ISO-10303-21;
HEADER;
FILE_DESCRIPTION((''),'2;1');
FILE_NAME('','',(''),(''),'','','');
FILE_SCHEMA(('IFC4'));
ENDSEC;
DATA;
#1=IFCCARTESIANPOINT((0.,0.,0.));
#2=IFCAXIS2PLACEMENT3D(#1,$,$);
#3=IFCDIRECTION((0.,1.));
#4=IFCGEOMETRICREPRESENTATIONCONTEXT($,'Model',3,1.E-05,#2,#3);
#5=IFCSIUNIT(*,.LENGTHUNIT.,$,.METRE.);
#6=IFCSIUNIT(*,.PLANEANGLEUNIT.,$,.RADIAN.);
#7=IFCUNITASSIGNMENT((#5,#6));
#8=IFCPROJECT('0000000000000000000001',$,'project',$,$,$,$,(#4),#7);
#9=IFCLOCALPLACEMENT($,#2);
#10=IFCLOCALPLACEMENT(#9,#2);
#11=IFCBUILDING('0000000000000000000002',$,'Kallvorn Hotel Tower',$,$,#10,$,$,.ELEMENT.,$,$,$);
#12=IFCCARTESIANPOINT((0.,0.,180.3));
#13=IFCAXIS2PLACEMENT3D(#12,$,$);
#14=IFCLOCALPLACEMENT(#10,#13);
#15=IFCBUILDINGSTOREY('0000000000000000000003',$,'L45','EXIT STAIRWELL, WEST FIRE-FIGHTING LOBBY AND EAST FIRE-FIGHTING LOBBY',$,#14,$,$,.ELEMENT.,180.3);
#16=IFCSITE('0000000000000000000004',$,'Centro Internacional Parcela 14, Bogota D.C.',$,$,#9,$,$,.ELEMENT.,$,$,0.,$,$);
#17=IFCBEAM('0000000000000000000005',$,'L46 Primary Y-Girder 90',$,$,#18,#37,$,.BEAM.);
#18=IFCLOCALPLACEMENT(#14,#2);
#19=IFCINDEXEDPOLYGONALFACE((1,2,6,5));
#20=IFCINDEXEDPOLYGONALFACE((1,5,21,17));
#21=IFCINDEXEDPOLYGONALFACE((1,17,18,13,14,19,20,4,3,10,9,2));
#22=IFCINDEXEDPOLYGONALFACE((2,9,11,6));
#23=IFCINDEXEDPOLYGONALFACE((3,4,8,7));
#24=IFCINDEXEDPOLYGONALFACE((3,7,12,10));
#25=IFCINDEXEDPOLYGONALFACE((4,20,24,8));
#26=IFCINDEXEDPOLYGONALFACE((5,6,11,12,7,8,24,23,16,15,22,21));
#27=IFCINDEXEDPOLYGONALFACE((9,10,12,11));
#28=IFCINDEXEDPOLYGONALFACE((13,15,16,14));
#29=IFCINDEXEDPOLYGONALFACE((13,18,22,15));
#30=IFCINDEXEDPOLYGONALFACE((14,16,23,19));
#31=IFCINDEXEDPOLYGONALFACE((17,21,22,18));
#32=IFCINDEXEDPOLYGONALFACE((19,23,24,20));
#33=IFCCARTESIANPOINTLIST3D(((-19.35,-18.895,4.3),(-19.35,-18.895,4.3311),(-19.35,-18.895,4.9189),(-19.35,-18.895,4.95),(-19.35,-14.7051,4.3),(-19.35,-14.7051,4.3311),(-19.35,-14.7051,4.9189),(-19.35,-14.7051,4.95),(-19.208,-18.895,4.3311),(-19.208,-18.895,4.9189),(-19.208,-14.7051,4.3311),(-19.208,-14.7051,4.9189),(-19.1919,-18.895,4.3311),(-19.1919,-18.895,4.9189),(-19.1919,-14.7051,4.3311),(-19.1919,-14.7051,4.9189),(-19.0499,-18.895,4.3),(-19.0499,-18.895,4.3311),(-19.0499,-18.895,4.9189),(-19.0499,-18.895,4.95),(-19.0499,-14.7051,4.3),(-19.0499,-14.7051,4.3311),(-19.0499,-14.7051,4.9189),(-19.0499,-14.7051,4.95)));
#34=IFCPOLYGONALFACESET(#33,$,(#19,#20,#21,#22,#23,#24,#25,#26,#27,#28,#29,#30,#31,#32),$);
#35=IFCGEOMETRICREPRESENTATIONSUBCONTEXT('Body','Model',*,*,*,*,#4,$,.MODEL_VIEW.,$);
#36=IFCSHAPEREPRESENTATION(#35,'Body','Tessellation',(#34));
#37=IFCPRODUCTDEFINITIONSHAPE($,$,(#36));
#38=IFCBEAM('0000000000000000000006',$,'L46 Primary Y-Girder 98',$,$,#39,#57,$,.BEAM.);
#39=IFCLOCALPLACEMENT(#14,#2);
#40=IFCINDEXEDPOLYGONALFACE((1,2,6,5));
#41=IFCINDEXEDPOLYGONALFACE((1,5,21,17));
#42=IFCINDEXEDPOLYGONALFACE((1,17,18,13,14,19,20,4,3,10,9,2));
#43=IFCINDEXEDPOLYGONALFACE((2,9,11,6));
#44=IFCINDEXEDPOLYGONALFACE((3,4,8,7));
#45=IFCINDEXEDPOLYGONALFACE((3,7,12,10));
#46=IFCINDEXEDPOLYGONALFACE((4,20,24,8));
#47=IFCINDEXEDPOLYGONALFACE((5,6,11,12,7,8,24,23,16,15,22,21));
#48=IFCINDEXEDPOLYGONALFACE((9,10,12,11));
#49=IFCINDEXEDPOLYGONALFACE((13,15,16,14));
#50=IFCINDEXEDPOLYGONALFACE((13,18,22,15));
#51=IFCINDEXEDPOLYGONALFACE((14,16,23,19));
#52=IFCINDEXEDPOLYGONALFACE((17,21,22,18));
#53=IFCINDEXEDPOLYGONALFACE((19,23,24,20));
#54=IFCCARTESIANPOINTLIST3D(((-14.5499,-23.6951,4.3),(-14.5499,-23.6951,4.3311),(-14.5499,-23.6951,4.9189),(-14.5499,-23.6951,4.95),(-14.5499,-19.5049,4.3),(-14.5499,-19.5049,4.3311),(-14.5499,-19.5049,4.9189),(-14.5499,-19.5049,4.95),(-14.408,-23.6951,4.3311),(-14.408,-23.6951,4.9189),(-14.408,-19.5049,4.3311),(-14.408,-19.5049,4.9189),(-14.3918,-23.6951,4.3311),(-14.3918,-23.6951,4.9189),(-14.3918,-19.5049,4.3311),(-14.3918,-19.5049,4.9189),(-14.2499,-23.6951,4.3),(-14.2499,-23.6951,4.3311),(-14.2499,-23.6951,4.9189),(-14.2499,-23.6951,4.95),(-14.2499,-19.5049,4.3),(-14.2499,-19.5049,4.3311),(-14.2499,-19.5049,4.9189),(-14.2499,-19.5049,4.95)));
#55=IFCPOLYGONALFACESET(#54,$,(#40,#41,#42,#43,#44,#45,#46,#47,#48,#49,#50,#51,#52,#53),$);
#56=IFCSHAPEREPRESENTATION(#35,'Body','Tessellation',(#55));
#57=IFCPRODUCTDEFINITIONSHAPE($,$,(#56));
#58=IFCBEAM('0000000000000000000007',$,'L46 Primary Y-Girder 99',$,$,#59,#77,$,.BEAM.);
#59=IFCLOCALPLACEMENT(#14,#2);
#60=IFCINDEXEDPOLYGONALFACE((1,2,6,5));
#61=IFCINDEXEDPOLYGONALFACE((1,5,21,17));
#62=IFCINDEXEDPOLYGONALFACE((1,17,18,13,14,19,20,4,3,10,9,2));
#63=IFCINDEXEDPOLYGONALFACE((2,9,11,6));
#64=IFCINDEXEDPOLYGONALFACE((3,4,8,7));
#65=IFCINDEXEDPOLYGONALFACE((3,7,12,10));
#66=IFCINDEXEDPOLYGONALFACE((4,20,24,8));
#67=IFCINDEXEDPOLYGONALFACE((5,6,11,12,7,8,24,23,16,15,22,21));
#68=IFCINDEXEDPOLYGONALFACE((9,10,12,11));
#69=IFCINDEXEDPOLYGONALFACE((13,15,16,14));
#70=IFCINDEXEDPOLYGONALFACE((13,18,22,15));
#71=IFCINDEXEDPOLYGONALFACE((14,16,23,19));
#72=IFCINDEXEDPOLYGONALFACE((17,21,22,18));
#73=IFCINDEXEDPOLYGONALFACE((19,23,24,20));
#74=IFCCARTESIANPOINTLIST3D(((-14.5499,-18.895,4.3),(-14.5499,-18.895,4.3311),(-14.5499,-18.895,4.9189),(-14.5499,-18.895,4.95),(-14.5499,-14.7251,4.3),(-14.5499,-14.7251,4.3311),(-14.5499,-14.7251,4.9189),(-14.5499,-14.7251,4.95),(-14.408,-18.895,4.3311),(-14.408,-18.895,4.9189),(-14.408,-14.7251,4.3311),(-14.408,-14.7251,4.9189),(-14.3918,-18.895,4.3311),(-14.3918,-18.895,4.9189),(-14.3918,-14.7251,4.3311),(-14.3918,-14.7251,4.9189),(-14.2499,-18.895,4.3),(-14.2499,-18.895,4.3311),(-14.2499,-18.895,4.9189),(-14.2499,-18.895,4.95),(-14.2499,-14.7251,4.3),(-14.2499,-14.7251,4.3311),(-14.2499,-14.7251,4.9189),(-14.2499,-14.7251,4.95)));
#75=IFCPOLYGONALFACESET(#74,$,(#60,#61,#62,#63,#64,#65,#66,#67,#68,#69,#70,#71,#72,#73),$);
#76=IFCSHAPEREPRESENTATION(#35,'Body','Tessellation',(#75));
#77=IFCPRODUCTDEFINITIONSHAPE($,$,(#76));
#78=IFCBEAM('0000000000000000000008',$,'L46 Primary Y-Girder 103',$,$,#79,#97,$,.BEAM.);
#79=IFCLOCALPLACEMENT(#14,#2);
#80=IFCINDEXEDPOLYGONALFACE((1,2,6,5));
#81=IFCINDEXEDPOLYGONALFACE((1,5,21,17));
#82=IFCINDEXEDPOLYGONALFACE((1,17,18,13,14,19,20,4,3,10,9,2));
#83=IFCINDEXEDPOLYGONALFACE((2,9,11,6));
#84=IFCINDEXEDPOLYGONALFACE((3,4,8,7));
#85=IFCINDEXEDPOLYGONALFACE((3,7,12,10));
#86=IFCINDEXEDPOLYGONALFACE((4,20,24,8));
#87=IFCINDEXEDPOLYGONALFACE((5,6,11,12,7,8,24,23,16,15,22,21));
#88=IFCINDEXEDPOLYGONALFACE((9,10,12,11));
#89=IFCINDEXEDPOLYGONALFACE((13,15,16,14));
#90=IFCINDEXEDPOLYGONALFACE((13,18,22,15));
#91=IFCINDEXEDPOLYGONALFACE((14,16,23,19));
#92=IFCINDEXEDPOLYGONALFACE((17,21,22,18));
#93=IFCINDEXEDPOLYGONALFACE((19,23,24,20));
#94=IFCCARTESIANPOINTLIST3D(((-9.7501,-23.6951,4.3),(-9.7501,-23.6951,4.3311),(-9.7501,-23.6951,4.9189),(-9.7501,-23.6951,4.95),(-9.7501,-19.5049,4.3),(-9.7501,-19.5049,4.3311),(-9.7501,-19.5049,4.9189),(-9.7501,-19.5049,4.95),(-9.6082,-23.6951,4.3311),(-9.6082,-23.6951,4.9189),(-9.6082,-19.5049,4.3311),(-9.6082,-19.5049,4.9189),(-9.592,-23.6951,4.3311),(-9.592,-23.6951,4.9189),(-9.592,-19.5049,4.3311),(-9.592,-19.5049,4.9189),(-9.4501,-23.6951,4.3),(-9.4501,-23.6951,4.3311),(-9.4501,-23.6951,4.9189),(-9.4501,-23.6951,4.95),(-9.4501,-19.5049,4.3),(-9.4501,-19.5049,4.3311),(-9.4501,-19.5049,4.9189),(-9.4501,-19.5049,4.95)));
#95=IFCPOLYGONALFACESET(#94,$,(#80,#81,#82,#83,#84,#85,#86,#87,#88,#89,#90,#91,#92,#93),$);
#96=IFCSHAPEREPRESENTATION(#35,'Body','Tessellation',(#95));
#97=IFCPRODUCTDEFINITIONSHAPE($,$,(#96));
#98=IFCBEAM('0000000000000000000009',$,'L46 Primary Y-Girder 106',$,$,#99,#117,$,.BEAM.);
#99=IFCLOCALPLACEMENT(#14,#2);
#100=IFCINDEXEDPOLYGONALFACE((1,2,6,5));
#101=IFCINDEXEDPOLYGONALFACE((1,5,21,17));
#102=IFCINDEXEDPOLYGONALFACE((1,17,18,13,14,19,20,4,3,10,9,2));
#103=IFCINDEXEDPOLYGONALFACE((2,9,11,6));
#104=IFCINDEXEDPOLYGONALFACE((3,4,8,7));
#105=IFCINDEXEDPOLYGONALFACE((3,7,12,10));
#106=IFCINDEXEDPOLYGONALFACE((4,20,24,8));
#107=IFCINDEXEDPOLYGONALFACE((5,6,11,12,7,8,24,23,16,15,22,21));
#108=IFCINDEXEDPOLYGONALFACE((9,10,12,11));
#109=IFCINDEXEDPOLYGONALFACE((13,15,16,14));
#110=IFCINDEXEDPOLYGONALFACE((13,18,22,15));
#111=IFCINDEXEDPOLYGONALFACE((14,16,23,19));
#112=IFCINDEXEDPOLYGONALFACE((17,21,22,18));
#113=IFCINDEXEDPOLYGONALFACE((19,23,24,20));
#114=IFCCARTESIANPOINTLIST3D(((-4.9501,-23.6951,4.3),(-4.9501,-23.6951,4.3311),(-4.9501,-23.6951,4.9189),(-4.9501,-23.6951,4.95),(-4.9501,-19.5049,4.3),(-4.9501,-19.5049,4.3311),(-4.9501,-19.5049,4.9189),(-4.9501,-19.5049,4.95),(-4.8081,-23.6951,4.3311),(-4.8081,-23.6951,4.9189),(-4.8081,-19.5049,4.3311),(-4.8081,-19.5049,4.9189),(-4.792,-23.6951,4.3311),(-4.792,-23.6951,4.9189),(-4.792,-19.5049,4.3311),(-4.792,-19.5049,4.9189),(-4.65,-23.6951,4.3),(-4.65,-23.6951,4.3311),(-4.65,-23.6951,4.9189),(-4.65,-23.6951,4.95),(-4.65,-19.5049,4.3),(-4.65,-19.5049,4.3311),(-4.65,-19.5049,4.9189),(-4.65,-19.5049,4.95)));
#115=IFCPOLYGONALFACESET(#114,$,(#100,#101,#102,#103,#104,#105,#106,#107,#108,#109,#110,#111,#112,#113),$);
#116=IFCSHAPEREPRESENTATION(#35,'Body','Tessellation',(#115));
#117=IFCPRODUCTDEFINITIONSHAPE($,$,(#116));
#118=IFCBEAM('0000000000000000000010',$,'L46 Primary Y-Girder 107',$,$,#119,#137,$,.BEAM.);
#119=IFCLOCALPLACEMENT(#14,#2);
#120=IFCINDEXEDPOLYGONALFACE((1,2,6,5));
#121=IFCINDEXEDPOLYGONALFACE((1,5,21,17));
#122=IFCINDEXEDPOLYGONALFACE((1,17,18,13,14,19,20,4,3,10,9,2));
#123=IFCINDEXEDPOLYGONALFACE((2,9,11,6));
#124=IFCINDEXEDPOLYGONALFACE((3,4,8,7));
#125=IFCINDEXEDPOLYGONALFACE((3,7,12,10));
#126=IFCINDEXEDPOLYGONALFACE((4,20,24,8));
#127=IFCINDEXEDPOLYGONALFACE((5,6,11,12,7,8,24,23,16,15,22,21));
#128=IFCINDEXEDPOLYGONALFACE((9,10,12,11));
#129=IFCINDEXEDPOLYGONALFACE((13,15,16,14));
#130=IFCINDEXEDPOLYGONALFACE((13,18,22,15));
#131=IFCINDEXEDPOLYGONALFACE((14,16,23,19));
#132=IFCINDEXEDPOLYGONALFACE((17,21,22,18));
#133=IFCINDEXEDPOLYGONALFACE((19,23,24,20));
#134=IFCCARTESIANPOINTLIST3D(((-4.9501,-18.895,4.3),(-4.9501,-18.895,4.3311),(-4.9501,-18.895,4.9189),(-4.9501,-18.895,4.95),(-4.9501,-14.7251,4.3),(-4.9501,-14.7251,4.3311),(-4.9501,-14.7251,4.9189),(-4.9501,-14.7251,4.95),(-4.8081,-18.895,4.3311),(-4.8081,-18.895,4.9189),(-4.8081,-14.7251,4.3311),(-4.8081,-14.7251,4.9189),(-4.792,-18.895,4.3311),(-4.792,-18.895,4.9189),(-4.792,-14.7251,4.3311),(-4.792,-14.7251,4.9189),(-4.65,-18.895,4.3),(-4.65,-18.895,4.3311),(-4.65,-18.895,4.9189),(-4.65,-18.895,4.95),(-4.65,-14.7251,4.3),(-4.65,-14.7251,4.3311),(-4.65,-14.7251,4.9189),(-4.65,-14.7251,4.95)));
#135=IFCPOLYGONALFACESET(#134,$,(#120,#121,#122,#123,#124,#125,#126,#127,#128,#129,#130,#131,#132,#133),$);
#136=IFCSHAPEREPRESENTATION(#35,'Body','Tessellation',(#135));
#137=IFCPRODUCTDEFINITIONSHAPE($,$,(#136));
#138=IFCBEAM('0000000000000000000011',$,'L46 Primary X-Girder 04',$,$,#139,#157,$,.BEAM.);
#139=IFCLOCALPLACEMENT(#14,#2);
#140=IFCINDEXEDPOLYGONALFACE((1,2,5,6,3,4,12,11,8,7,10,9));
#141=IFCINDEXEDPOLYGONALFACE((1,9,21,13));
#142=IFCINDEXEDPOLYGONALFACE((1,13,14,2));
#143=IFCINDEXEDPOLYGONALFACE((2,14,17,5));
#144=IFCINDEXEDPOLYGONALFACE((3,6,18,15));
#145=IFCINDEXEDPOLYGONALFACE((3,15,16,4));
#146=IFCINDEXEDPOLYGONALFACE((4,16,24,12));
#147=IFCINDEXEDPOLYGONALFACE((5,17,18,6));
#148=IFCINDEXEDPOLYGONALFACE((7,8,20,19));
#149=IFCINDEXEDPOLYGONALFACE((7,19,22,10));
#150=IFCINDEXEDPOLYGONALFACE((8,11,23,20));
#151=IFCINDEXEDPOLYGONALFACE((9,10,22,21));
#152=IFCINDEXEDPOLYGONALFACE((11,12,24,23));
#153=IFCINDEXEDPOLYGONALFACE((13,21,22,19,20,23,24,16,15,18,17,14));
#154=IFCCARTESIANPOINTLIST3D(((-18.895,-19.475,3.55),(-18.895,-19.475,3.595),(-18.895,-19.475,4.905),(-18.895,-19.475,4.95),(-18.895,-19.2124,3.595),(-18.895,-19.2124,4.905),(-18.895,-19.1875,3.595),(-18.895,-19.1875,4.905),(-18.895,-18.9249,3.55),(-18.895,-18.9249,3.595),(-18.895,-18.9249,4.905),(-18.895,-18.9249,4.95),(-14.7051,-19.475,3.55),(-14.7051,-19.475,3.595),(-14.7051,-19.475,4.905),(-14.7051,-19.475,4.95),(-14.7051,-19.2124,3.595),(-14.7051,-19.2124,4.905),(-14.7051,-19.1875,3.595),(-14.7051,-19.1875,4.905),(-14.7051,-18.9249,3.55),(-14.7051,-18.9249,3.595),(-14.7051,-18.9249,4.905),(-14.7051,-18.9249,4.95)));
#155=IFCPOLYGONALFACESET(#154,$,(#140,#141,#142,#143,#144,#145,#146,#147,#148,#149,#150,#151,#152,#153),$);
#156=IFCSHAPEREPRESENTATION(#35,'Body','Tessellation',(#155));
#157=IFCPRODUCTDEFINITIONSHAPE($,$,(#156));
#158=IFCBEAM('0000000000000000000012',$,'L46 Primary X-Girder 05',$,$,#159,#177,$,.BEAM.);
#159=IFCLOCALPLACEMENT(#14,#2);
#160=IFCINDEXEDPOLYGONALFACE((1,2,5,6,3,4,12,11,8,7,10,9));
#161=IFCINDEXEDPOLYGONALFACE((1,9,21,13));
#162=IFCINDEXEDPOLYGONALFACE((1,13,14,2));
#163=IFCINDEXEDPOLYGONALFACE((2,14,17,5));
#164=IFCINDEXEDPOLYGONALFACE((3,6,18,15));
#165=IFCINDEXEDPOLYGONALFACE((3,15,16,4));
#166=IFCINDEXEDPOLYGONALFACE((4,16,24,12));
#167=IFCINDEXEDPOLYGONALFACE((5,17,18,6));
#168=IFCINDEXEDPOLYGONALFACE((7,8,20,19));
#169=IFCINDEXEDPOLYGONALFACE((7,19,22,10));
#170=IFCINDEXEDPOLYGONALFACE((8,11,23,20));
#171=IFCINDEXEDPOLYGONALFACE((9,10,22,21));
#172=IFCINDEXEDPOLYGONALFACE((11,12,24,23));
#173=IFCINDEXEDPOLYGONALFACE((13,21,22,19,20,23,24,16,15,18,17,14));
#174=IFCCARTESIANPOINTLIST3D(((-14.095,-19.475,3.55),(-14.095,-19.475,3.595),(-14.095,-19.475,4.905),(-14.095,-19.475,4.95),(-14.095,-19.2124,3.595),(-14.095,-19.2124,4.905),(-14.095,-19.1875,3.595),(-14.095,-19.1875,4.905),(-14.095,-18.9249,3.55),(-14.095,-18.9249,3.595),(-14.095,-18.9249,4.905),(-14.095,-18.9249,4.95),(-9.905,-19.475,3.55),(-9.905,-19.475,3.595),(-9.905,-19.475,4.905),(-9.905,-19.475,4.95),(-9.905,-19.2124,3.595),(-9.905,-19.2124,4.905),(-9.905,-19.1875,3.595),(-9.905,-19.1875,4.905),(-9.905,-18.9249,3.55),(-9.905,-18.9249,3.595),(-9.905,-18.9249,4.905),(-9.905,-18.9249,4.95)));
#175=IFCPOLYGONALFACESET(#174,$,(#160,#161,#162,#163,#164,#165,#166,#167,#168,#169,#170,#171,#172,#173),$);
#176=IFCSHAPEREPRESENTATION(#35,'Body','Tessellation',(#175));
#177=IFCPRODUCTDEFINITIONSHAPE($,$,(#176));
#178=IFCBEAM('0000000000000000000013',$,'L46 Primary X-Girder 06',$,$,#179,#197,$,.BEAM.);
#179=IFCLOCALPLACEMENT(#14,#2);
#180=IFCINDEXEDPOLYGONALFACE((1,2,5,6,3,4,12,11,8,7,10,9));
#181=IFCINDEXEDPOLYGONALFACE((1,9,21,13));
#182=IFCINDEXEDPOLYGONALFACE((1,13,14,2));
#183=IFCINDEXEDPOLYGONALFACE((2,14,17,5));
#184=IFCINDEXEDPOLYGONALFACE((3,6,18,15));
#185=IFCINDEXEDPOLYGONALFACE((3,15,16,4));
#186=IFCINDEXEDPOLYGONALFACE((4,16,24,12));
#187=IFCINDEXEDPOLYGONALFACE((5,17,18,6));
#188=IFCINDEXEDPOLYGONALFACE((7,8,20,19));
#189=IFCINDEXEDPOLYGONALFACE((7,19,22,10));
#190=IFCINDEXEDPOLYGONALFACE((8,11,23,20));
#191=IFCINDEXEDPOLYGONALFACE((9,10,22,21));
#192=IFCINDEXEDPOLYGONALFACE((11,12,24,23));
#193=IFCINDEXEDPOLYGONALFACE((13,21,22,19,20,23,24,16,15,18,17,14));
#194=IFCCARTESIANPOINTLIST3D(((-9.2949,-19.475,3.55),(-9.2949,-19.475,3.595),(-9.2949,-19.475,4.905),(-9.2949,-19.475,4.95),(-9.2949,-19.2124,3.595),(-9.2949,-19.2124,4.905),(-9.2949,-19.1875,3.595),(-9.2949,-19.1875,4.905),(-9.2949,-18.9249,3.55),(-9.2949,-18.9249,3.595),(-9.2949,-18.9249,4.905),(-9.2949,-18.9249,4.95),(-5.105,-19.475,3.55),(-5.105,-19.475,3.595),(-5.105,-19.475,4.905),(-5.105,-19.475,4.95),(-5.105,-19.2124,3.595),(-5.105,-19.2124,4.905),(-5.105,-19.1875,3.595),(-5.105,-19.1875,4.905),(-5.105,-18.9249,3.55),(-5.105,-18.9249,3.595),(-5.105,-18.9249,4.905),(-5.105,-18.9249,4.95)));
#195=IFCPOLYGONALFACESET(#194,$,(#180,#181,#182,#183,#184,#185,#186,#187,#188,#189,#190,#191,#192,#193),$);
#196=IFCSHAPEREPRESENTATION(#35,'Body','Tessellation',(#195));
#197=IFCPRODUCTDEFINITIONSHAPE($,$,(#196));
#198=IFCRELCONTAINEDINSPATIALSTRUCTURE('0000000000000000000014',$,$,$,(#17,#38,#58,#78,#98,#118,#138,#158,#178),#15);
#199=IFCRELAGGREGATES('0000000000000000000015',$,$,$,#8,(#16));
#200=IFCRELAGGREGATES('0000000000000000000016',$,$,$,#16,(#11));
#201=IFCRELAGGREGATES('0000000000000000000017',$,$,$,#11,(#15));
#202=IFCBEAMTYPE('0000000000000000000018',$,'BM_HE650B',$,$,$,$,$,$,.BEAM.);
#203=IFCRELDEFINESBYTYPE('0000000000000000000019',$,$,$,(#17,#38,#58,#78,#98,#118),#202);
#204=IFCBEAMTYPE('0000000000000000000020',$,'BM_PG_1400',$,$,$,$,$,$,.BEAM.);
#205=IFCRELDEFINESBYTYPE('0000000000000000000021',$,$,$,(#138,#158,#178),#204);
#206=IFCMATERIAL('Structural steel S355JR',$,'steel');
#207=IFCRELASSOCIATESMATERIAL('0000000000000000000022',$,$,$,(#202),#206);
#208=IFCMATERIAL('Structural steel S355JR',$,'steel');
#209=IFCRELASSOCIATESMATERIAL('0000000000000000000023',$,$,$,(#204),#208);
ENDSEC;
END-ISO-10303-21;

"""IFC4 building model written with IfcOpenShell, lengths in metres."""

from ifc_helpers import new_model, si_unit, direction, frame, origin, origin_2d, place, context, subcontext, project, spatial, i_section, extrude, material, material_profile, profile_set, type_object, element, save


model = new_model("IFC4")

# Units and contexts
model_context = context("Model", 3, precision=1e-05, world=origin(), true_north=direction((0.0, 1.0)))
body_context = subcontext(model_context, "Body", "Model", "MODEL_VIEW")
ifc_project = project(units=[si_unit("LENGTHUNIT", "METRE"), si_unit("PLANEANGLEUNIT", "RADIAN")], contexts=[model_context])

# Site, building, storey
site_placement = place(None, origin())
site = spatial("IfcSite", under=ifc_project, at=site_placement, Name="Centro Internacional Parcela 14, Bogota D.C.", CompositionType="ELEMENT", RefElevation=0.0)
building_placement = place(site_placement, origin())
building = spatial("IfcBuilding", under=site, at=building_placement, Name="Kallvorn Hotel Tower", CompositionType="ELEMENT")
storey_placement = place(building_placement, frame((0.0, 0.0, 180.3)))
storey = spatial("IfcBuildingStorey", under=building, at=storey_placement, Name="L45", Description="EXIT STAIRWELL, WEST FIRE-FIGHTING LOBBY AND EAST FIRE-FIGHTING LOBBY", CompositionType="ELEMENT", Elevation=180.3)

# Beams
ifc_material_1 = material(Name="Structural steel S355JR", Category="steel")
ifc_material_profile_1 = material_profile(ifc_material_1, i_section(OverallWidth=0.3, OverallDepth=0.6499, WebThickness=0.0161, FlangeThickness=0.031, at=origin_2d()), Name="HE 650 B")
ifc_profile_set_1 = profile_set([ifc_material_profile_1], Name="Structural steel S355JR")
beam_type_1 = type_object("IfcBeamType", Name="BM_HE650B", PredefinedType="BEAM", material=ifc_profile_set_1)
beam_1_placement = place(storey_placement, frame((-19.2, -18.895, 4.625), z_axis=(0.0, 1.0, 0.0), x_axis=(-1.0, 0.0, 0.0)))
element("IfcBeam", 1, at=beam_1_placement, inside=storey, type_object=beam_type_1, Name="L46 Primary Y-Girder 90", PredefinedType="BEAM", context=body_context, shape_type="SweptSolid", body=[
    extrude(i_section(OverallWidth=0.3, OverallDepth=0.6499, WebThickness=0.0161, FlangeThickness=0.031, at=origin_2d()), origin(), (0.0, 0.0, 1.0), 4.1899),
])
beam_2_placement = place(storey_placement, frame((-14.3999, -23.6951, 4.625), z_axis=(0.0, 1.0, 0.0), x_axis=(-1.0, 0.0, 0.0)))
element("IfcBeam", 2, at=beam_2_placement, inside=storey, type_object=beam_type_1, Name="L46 Primary Y-Girder 98", PredefinedType="BEAM", context=body_context, shape_type="SweptSolid", body=[
    extrude(i_section(OverallWidth=0.3, OverallDepth=0.6499, WebThickness=0.0161, FlangeThickness=0.031, at=origin_2d()), origin(), (0.0, 0.0, 1.0), 4.1902),
])
beam_3_placement = place(storey_placement, frame((-14.3999, -18.895, 4.625), z_axis=(0.0, 1.0, 0.0), x_axis=(-1.0, 0.0, 0.0)))
element("IfcBeam", 3, at=beam_3_placement, inside=storey, type_object=beam_type_1, Name="L46 Primary Y-Girder 99", PredefinedType="BEAM", context=body_context, shape_type="SweptSolid", body=[
    extrude(i_section(OverallWidth=0.3, OverallDepth=0.6499, WebThickness=0.0161, FlangeThickness=0.031, at=origin_2d()), origin(), (0.0, 0.0, 1.0), 4.1699),
])
for number, where, z_axis, x_axis, name in (
    (4, (-9.6001, -23.6951, 4.625), (0.0, 1.0, 0.0), (-1.0, 0.0, 0.0), "L46 Primary Y-Girder 103"),
    (5, (-4.8, -23.6951, 4.625), (0.0, 1.0, 0.0), (-1.0, 0.0, 0.0), "L46 Primary Y-Girder 106"),
):
    element("IfcBeam", number, at=place(storey_placement, frame(where, z_axis=z_axis, x_axis=x_axis)), inside=storey, type_object=beam_type_1, Name=name, PredefinedType="BEAM", context=body_context, shape_type="SweptSolid", body=[
        extrude(i_section(OverallWidth=0.3, OverallDepth=0.6499, WebThickness=0.0161, FlangeThickness=0.031, at=origin_2d()), origin(), (0.0, 0.0, 1.0), 4.1902),
    ])
beam_4_placement = place(storey_placement, frame((-4.8, -18.895, 4.625), z_axis=(0.0, 1.0, 0.0), x_axis=(-1.0, 0.0, 0.0)))
element("IfcBeam", 6, at=beam_4_placement, inside=storey, type_object=beam_type_1, Name="L46 Primary Y-Girder 107", PredefinedType="BEAM", context=body_context, shape_type="SweptSolid", body=[
    extrude(i_section(OverallWidth=0.3, OverallDepth=0.6499, WebThickness=0.0161, FlangeThickness=0.031, at=origin_2d()), origin(), (0.0, 0.0, 1.0), 4.1699),
])
ifc_material_2 = material(Name="Structural steel S355JR", Category="steel")
ifc_material_profile_2 = material_profile(ifc_material_2, i_section(OverallWidth=0.55, OverallDepth=1.3999, WebThickness=0.0249, FlangeThickness=0.0449, at=origin_2d()), Name="PG 1400x550x25x45")
ifc_profile_set_2 = profile_set([ifc_material_profile_2], Name="Structural steel S355JR")
beam_type_2 = type_object("IfcBeamType", Name="BM_PG_1400", PredefinedType="BEAM", material=ifc_profile_set_2)
for number, where, z_axis, x_axis, name in (
    (7, (-18.895, -19.2, 4.25), (1.0, 0.0, 0.0), (0.0, 1.0, 0.0), "L46 Primary X-Girder 04"),
    (8, (-14.095, -19.2, 4.25), (1.0, 0.0, 0.0), (0.0, 1.0, 0.0), "L46 Primary X-Girder 05"),
    (9, (-9.2949, -19.2, 4.25), (1.0, 0.0, 0.0), (0.0, 1.0, 0.0), "L46 Primary X-Girder 06"),
):
    element("IfcBeam", number, at=place(storey_placement, frame(where, z_axis=z_axis, x_axis=x_axis)), inside=storey, type_object=beam_type_2, Name=name, PredefinedType="BEAM", context=body_context, shape_type="SweptSolid", body=[
        extrude(i_section(OverallWidth=0.55, OverallDepth=1.3999, WebThickness=0.0249, FlangeThickness=0.0449, at=origin_2d()), origin(), (0.0, 0.0, 1.0), 4.1899),
    ])

save(model, "model.ifc")
